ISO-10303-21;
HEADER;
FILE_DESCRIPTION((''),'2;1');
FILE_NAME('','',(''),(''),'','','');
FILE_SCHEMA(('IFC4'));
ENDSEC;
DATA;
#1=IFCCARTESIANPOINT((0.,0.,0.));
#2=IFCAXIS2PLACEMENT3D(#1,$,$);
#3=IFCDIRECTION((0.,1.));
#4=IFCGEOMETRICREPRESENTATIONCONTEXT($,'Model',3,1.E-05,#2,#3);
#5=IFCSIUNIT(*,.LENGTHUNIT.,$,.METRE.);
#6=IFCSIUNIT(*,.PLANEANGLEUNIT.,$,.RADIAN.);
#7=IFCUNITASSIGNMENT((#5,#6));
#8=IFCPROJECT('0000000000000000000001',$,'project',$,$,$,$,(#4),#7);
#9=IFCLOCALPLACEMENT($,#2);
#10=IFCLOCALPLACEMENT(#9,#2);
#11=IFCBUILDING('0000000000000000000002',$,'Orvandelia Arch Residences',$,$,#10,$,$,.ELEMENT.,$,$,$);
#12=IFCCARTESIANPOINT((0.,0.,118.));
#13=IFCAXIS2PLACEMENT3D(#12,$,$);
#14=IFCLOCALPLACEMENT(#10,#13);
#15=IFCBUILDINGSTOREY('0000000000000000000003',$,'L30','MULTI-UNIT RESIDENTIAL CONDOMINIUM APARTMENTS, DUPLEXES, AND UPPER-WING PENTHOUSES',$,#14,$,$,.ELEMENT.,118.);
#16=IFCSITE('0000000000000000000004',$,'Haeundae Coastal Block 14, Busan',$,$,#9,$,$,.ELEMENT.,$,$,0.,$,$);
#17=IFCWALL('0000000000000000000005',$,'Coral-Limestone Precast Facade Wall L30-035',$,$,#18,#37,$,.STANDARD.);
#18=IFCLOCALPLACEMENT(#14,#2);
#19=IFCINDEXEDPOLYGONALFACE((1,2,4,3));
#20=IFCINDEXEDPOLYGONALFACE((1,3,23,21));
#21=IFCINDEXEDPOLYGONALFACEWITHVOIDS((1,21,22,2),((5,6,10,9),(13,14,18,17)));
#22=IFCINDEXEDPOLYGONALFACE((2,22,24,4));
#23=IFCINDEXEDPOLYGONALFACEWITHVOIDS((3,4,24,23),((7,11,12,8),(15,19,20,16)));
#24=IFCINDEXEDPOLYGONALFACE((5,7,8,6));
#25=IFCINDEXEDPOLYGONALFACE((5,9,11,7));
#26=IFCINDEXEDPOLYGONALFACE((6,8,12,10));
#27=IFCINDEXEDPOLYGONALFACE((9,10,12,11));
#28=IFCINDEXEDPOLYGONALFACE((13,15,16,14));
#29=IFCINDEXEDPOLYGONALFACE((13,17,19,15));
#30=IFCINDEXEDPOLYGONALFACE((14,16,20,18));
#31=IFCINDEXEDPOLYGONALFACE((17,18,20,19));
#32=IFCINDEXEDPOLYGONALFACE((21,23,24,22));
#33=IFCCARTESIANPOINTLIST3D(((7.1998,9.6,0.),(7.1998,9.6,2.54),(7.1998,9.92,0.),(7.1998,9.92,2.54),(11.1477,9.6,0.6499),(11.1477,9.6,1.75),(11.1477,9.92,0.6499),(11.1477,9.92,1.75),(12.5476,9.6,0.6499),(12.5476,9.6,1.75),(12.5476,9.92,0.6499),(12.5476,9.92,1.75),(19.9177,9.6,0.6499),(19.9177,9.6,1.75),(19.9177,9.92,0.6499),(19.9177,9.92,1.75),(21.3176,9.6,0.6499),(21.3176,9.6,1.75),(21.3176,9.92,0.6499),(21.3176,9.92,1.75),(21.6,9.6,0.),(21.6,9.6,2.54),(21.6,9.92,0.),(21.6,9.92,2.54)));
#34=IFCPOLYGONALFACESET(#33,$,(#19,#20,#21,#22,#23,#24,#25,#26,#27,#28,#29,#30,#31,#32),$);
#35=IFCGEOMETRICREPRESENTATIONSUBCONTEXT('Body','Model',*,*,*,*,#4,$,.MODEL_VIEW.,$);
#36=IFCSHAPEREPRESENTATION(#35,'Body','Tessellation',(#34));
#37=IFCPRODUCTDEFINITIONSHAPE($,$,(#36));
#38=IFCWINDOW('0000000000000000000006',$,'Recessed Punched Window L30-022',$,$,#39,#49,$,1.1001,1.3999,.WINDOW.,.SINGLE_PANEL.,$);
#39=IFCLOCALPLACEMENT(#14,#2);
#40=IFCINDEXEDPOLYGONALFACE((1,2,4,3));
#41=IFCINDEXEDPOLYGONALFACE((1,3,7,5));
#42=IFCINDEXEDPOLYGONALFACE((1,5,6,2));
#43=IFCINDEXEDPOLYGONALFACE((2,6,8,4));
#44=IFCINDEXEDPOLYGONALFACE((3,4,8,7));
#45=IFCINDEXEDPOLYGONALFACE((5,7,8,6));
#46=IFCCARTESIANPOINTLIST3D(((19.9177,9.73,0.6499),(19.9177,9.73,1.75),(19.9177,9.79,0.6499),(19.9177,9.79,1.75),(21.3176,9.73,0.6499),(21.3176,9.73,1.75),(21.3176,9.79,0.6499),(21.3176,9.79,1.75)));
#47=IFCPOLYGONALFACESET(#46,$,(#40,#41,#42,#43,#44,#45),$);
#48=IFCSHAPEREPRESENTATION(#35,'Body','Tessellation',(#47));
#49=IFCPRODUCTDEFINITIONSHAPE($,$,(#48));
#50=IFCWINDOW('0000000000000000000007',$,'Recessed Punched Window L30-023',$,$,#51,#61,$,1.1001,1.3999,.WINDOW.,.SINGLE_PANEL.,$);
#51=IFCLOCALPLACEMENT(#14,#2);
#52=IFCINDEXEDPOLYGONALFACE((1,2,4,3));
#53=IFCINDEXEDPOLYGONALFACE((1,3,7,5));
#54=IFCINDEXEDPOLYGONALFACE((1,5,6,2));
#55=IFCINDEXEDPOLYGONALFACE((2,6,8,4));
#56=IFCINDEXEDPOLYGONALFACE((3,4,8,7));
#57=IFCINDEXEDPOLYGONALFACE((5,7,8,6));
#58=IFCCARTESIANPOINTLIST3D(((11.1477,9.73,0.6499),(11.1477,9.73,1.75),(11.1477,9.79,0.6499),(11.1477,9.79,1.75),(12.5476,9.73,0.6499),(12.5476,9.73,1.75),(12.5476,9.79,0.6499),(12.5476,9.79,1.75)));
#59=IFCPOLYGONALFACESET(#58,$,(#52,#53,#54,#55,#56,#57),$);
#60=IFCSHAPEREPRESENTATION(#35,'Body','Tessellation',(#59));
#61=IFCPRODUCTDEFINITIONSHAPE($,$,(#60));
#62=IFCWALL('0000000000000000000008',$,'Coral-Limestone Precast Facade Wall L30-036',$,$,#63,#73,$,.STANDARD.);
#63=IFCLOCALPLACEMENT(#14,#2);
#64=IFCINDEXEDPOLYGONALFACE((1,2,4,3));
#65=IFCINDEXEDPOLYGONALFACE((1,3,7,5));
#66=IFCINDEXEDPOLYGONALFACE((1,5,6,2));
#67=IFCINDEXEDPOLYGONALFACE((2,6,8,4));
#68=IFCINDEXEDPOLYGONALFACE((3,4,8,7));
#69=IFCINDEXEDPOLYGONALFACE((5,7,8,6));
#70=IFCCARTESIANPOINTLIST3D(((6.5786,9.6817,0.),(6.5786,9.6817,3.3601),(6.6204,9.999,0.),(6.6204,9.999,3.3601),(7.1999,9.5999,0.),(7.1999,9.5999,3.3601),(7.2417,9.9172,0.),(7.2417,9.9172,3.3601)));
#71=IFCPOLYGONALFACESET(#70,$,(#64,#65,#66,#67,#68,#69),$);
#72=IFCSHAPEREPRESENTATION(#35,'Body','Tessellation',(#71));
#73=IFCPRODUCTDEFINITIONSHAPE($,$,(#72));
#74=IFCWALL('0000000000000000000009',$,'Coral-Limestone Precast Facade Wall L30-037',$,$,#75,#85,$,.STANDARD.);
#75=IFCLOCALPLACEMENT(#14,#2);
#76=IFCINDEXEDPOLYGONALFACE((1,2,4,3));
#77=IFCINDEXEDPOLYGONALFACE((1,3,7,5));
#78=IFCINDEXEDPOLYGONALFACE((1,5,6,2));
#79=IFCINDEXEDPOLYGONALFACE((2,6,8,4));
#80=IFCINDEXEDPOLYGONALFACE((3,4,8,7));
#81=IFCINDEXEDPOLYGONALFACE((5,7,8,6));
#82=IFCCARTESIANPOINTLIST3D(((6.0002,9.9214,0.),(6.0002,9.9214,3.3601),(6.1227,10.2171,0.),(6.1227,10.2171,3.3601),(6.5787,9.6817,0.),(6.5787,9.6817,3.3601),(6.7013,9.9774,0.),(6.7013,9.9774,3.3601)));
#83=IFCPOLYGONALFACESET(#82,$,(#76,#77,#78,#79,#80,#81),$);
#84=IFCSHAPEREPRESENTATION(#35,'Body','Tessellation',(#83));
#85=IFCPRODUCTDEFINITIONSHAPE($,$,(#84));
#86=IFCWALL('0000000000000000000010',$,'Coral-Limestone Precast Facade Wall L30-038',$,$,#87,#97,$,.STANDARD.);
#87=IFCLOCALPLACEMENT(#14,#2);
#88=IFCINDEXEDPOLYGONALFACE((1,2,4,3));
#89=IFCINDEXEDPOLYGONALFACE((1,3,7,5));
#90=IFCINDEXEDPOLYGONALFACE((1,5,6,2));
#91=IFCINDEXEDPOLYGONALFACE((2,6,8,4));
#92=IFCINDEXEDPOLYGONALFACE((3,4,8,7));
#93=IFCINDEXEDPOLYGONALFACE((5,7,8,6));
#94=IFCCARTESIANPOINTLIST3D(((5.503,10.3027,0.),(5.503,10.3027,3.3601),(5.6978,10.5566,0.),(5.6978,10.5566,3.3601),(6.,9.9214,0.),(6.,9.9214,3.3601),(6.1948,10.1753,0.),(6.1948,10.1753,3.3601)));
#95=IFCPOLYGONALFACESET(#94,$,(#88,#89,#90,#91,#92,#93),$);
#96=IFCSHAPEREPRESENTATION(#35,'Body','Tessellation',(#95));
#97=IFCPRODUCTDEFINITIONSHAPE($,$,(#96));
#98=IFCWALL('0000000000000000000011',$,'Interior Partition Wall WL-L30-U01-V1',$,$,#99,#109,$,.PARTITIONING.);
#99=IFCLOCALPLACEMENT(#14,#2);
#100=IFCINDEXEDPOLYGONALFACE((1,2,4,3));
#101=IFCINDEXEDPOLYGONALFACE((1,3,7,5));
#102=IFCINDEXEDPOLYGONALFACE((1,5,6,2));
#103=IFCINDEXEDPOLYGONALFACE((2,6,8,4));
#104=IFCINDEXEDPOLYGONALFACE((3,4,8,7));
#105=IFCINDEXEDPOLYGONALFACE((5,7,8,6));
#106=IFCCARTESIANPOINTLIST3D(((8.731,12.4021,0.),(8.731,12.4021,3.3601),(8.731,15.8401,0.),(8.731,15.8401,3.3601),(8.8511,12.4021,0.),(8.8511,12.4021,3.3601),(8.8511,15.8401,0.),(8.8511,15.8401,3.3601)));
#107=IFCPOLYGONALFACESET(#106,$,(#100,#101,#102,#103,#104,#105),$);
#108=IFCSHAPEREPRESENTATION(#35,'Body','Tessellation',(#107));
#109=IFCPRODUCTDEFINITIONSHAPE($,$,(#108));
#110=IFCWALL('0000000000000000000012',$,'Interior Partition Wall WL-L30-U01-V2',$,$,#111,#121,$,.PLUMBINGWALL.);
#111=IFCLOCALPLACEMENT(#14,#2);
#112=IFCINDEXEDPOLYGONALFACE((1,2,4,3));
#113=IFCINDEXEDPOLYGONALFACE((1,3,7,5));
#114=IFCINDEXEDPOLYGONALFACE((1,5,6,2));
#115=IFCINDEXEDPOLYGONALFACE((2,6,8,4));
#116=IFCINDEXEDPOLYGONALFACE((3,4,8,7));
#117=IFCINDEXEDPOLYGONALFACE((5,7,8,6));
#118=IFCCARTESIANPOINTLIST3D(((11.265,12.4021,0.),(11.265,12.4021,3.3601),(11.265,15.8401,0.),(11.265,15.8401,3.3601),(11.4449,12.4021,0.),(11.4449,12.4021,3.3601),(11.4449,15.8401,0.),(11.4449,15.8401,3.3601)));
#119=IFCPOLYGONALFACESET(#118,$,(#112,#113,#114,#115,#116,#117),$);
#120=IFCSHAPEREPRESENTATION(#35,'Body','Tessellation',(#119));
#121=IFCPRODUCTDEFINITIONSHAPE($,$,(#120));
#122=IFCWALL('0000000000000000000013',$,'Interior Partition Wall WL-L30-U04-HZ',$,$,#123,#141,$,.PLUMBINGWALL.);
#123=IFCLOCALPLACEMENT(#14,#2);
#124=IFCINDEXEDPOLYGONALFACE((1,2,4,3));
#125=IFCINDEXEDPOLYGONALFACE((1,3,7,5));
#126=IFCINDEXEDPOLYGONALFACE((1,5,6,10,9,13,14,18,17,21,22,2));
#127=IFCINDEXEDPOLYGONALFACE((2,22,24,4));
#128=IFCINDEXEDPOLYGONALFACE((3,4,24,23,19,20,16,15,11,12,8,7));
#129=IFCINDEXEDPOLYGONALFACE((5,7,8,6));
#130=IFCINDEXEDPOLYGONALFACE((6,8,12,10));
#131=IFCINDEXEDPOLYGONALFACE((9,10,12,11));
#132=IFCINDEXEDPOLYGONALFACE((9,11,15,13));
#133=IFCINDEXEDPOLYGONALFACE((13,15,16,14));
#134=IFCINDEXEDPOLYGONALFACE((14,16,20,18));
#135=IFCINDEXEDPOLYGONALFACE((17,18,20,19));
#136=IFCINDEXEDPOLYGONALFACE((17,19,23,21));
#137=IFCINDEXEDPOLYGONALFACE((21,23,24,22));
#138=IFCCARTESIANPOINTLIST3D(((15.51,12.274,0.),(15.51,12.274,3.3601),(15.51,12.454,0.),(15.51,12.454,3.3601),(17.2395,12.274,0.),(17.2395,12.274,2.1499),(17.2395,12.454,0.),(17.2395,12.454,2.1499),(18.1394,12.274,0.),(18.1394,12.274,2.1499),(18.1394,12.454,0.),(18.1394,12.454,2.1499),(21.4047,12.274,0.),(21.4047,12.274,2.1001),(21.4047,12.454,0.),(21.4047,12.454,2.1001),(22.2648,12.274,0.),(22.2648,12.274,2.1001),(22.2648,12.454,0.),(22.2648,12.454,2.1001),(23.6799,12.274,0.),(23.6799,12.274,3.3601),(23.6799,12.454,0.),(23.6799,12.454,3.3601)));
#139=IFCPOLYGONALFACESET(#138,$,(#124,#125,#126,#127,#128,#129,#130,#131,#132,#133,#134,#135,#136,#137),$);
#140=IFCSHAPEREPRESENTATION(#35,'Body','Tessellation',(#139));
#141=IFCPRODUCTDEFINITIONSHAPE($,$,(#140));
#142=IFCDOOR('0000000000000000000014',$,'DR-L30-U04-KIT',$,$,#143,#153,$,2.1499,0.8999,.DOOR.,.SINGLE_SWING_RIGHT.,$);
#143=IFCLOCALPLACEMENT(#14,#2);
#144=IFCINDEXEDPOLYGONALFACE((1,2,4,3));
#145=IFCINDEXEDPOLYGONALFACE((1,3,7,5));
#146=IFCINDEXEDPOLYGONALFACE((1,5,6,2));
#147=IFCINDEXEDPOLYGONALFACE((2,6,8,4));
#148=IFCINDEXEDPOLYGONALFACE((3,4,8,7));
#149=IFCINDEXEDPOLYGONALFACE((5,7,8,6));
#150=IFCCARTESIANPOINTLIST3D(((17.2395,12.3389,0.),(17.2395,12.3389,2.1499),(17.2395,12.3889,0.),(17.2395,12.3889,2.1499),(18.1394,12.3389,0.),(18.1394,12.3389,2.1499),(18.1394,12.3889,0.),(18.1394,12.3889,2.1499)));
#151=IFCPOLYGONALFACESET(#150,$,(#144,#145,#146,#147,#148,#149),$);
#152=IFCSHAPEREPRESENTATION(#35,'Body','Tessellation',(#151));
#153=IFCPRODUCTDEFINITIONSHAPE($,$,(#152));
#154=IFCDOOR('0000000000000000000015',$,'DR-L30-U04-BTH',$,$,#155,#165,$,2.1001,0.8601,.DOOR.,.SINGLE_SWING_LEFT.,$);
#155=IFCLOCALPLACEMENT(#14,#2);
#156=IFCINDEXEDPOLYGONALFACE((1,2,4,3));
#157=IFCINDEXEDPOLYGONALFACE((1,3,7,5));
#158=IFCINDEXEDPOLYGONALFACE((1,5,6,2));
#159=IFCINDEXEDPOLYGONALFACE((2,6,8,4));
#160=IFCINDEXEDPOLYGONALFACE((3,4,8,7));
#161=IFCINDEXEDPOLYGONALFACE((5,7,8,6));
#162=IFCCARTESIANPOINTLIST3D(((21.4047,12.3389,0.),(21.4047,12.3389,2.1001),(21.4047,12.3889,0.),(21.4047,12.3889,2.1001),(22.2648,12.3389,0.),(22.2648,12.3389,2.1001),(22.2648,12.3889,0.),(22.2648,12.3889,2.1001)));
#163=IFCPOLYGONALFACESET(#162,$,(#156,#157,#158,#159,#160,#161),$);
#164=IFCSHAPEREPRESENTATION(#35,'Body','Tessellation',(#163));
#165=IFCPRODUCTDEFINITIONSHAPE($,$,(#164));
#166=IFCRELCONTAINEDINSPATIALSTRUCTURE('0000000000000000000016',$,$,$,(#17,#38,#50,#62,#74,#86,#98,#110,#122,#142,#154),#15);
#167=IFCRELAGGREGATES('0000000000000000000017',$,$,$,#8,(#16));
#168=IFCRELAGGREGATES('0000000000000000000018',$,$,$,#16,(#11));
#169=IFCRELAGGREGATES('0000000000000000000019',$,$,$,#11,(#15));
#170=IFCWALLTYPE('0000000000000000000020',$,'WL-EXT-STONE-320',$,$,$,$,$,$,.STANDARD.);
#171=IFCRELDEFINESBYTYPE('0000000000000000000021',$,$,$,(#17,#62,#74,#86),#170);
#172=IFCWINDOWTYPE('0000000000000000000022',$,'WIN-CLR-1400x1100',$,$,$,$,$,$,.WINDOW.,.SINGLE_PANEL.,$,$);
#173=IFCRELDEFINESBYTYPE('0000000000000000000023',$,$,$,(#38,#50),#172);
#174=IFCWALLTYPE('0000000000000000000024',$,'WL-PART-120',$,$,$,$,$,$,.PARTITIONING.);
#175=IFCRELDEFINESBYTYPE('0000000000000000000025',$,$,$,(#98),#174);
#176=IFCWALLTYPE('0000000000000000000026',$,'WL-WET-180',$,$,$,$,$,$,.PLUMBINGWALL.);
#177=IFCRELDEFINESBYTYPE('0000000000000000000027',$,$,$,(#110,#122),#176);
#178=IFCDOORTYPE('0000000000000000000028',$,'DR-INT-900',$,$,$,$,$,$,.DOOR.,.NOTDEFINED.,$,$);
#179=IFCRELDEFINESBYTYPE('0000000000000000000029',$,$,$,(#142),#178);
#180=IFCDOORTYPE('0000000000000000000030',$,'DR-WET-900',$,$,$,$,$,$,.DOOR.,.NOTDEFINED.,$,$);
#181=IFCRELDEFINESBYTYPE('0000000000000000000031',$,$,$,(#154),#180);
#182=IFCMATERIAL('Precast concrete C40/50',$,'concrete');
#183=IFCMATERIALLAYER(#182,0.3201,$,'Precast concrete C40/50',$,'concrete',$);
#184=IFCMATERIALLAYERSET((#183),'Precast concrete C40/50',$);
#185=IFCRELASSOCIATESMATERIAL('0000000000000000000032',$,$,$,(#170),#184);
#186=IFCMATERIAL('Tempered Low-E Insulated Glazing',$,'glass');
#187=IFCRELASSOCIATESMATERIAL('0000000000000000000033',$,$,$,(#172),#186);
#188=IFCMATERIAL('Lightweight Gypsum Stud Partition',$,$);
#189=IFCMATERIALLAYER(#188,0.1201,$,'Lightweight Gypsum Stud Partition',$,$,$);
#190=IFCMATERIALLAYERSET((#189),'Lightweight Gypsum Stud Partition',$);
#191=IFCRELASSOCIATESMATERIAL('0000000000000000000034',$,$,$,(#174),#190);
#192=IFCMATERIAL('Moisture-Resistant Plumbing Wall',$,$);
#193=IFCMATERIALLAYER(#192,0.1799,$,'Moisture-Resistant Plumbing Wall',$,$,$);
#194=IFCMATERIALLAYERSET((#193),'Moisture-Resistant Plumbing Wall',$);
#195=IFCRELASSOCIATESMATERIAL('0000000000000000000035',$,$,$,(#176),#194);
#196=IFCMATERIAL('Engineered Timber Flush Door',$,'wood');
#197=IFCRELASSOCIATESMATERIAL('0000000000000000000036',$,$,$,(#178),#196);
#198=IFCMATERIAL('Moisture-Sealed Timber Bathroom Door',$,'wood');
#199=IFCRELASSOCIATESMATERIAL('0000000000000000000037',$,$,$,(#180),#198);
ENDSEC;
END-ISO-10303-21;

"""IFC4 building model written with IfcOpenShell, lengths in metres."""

from ifc_helpers import new_model, si_unit, direction, frame, frame_2d, origin, place, context, subcontext, project, spatial, rectangle, extrude, material, layer, layer_set, type_object, element, fill, save


model = new_model("IFC4")

# Units and contexts
model_context = context("Model", 3, precision=1e-05, world=origin(), true_north=direction((0.0, 1.0)))
body_context = subcontext(model_context, "Body", "Model", "MODEL_VIEW")
ifc_project = project(units=[si_unit("LENGTHUNIT", "METRE"), si_unit("PLANEANGLEUNIT", "RADIAN")], contexts=[model_context])

# Site, building, storey
site_placement = place(None, origin())
site = spatial("IfcSite", under=ifc_project, at=site_placement, Name="Haeundae Coastal Block 14, Busan", CompositionType="ELEMENT", RefElevation=0.0)
building_placement = place(site_placement, origin())
building = spatial("IfcBuilding", under=site, at=building_placement, Name="Orvandelia Arch Residences", CompositionType="ELEMENT")
storey_placement = place(building_placement, frame((0.0, 0.0, 118.0)))
storey = spatial("IfcBuildingStorey", under=building, at=storey_placement, Name="L30", Description="MULTI-UNIT RESIDENTIAL CONDOMINIUM APARTMENTS, DUPLEXES, AND UPPER-WING PENTHOUSES", CompositionType="ELEMENT", Elevation=118.0)

# Shared definitions
ifc_material_1 = material(Name="Precast concrete C40/50", Category="concrete")
ifc_layer_1 = layer(ifc_material_1, 0.3201, Name="Precast concrete C40/50", Category="concrete")
ifc_layer_set_1 = layer_set([ifc_layer_1], Name="Precast concrete C40/50")
wall_type_1 = type_object("IfcWallType", Name="WL-EXT-STONE-320", PredefinedType="STANDARD", material=ifc_layer_set_1)

# Wall, openings, windows
wall_1_placement = place(storey_placement, frame((21.6001, 9.76, 0.0), z_axis=(0.0, 0.0, 1.0), x_axis=(-1.0, 0.0, 0.0)))
wall_1 = element("IfcWall", 1, at=wall_1_placement, inside=storey, type_object=wall_type_1, Name="Coral-Limestone Precast Facade Wall L30-035", PredefinedType="STANDARD", context=body_context, shape_type="SweptSolid", body=[
    extrude(rectangle(XDim=14.4001, YDim=0.3201, at=frame_2d((7.2002, 0.0))), origin(), (0.0, 0.0, 1.0), 2.54),
])
opening_1_placement = place(wall_1_placement, frame((0.2825, 0.0, 0.6499)))
opening_1 = element("IfcOpeningElement", 2, at=opening_1_placement, cuts=wall_1, PredefinedType="OPENING", context=body_context, shape_type="SweptSolid", body=[
    extrude(rectangle(XDim=1.3999, YDim=1.1001, at=frame_2d((0.7, 0.55))), frame((0.0, 0.1699, 0.0), z_axis=(0.0, -1.0, 0.0), x_axis=(1.0, 0.0, 0.0)), (0.0, 0.0, 1.0), 0.3401),
])
opening_2_placement = place(wall_1_placement, frame((9.0525, 0.0, 0.6499)))
opening_2 = element("IfcOpeningElement", 3, at=opening_2_placement, cuts=wall_1, PredefinedType="OPENING", context=body_context, shape_type="SweptSolid", body=[
    extrude(rectangle(XDim=1.3999, YDim=1.1001, at=frame_2d((0.7, 0.55))), frame((0.0, 0.1699, 0.0), z_axis=(0.0, -1.0, 0.0), x_axis=(1.0, 0.0, 0.0)), (0.0, 0.0, 1.0), 0.3401),
])
ifc_material_2 = material(Name="Tempered Low-E Insulated Glazing", Category="glass")
window_type = type_object("IfcWindowType", Name="WIN-CLR-1400x1100", PartitioningType="SINGLE_PANEL", PredefinedType="WINDOW", material=ifc_material_2)
window_1_placement = place(opening_1_placement, origin())
window_1 = element("IfcWindow", 4, at=window_1_placement, inside=storey, type_object=window_type, Name="Recessed Punched Window L30-022", OverallHeight=1.1001, OverallWidth=1.3999, PartitioningType="SINGLE_PANEL", PredefinedType="WINDOW", context=body_context, shape_type="SweptSolid", body=[
    extrude(rectangle(XDim=1.3999, YDim=1.1001, at=frame_2d((0.7, 0.55))), frame((0.0, 0.03, 0.0), z_axis=(0.0, -1.0, 0.0), x_axis=(1.0, 0.0, 0.0)), (0.0, 0.0, 1.0), 0.0601),
])
fill(opening_1, window_1)
window_2_placement = place(opening_2_placement, origin())
window_2 = element("IfcWindow", 5, at=window_2_placement, inside=storey, type_object=window_type, Name="Recessed Punched Window L30-023", OverallHeight=1.1001, OverallWidth=1.3999, PartitioningType="SINGLE_PANEL", PredefinedType="WINDOW", context=body_context, shape_type="SweptSolid", body=[
    extrude(rectangle(XDim=1.3999, YDim=1.1001, at=frame_2d((0.7, 0.55))), frame((0.0, 0.03, 0.0), z_axis=(0.0, -1.0, 0.0), x_axis=(1.0, 0.0, 0.0)), (0.0, 0.0, 1.0), 0.0601),
])
fill(opening_2, window_2)

# Walls
wall_2_placement = place(storey_placement, frame((7.2209, 9.7585, 0.0), z_axis=(0.0, 0.0, 1.0), x_axis=(-0.991448, 0.130505, 0.0)))
element("IfcWall", 6, at=wall_2_placement, inside=storey, type_object=wall_type_1, Name="Coral-Limestone Precast Facade Wall L30-036", PredefinedType="STANDARD", context=body_context, shape_type="SweptSolid", body=[
    extrude(rectangle(XDim=0.6267, YDim=0.3201, at=frame_2d((0.3135, 0.0))), origin(), (0.0, 0.0, 1.0), 3.3601),
])
wall_3_placement = place(storey_placement, frame((6.6399, 9.8296, 0.0), z_axis=(0.0, 0.0, 1.0), x_axis=(-0.923836, 0.382788, 0.0)))
element("IfcWall", 7, at=wall_3_placement, inside=storey, type_object=wall_type_1, Name="Coral-Limestone Precast Facade Wall L30-037", PredefinedType="STANDARD", context=body_context, shape_type="SweptSolid", body=[
    extrude(rectangle(XDim=0.6262, YDim=0.3201, at=frame_2d((0.313, 0.0))), origin(), (0.0, 0.0, 1.0), 3.3601),
])
wall_4_placement = place(storey_placement, frame((6.0974, 10.0483, 0.0), z_axis=(0.0, 0.0, 1.0), x_axis=(-0.793406, 0.608693, 0.0)))
element("IfcWall", 8, at=wall_4_placement, inside=storey, type_object=wall_type_1, Name="Coral-Limestone Precast Facade Wall L30-038", PredefinedType="STANDARD", context=body_context, shape_type="SweptSolid", body=[
    extrude(rectangle(XDim=0.6265, YDim=0.3201, at=frame_2d((0.3132, 0.0))), origin(), (0.0, 0.0, 1.0), 3.3601),
])
ifc_material_3 = material(Name="Lightweight Gypsum Stud Partition")
ifc_layer_2 = layer(ifc_material_3, 0.1201, Name="Lightweight Gypsum Stud Partition")
ifc_layer_set_2 = layer_set([ifc_layer_2], Name="Lightweight Gypsum Stud Partition")
wall_type_2 = type_object("IfcWallType", Name="WL-PART-120", PredefinedType="PARTITIONING", material=ifc_layer_set_2)
wall_5_placement = place(storey_placement, frame((8.791, 12.4021, 0.0), z_axis=(0.0, 0.0, 1.0), x_axis=(0.0, 1.0, 0.0)))
element("IfcWall", 9, at=wall_5_placement, inside=storey, type_object=wall_type_2, Name="Interior Partition Wall WL-L30-U01-V1", PredefinedType="PARTITIONING", context=body_context, shape_type="SweptSolid", body=[
    extrude(rectangle(XDim=3.438, YDim=0.1201, at=frame_2d((1.719, 0.0))), origin(), (0.0, 0.0, 1.0), 3.3601),
])
ifc_material_4 = material(Name="Moisture-Resistant Plumbing Wall")
ifc_layer_3 = layer(ifc_material_4, 0.1799, Name="Moisture-Resistant Plumbing Wall")
ifc_layer_set_3 = layer_set([ifc_layer_3], Name="Moisture-Resistant Plumbing Wall")
wall_type_3 = type_object("IfcWallType", Name="WL-WET-180", PredefinedType="PLUMBINGWALL", material=ifc_layer_set_3)
wall_6_placement = place(storey_placement, frame((11.355, 12.4021, 0.0), z_axis=(0.0, 0.0, 1.0), x_axis=(0.0, 1.0, 0.0)))
element("IfcWall", 10, at=wall_6_placement, inside=storey, type_object=wall_type_3, Name="Interior Partition Wall WL-L30-U01-V2", PredefinedType="PLUMBINGWALL", context=body_context, shape_type="SweptSolid", body=[
    extrude(rectangle(XDim=3.438, YDim=0.1799, at=frame_2d((1.719, 0.0))), origin(), (0.0, 0.0, 1.0), 3.3601),
])

# Wall, openings, doors
wall_7_placement = place(storey_placement, frame((15.51, 12.364, 0.0), z_axis=(0.0, 0.0, 1.0), x_axis=(1.0, 0.0, 0.0)))
wall_7 = element("IfcWall", 11, at=wall_7_placement, inside=storey, type_object=wall_type_3, Name="Interior Partition Wall WL-L30-U04-HZ", PredefinedType="PLUMBINGWALL", context=body_context, shape_type="SweptSolid", body=[
    extrude(rectangle(XDim=8.1699, YDim=0.1799, at=frame_2d((4.085, 0.0))), origin(), (0.0, 0.0, 1.0), 3.3601),
])
opening_3_placement = place(wall_7_placement, frame((1.7295, 0.0, 0.0)))
opening_3 = element("IfcOpeningElement", 12, at=opening_3_placement, cuts=wall_7, PredefinedType="OPENING", context=body_context, shape_type="SweptSolid", body=[
    extrude(rectangle(XDim=0.8999, YDim=2.1499, at=frame_2d((0.45, 1.075))), frame((0.0, 0.1001, 0.0), z_axis=(0.0, -1.0, 0.0), x_axis=(1.0, 0.0, 0.0)), (0.0, 0.0, 1.0), 0.2),
])
opening_4_placement = place(wall_7_placement, frame((5.8945, 0.0, 0.0)))
opening_4 = element("IfcOpeningElement", 13, at=opening_4_placement, cuts=wall_7, PredefinedType="OPENING", context=body_context, shape_type="SweptSolid", body=[
    extrude(rectangle(XDim=0.8601, YDim=2.1001, at=frame_2d((0.4302, 1.05))), frame((0.0, 0.1001, 0.0), z_axis=(0.0, -1.0, 0.0), x_axis=(1.0, 0.0, 0.0)), (0.0, 0.0, 1.0), 0.2),
])
ifc_material_5 = material(Name="Engineered Timber Flush Door", Category="wood")
door_type_1 = type_object("IfcDoorType", Name="DR-INT-900", OperationType="NOTDEFINED", PredefinedType="DOOR", material=ifc_material_5)
door_1_placement = place(opening_3_placement, origin())
door_1 = element("IfcDoor", 14, at=door_1_placement, inside=storey, type_object=door_type_1, Name="DR-L30-U04-KIT", OperationType="SINGLE_SWING_RIGHT", OverallHeight=2.1499, OverallWidth=0.8999, PredefinedType="DOOR", context=body_context, shape_type="SweptSolid", body=[
    extrude(rectangle(XDim=0.8999, YDim=2.1499, at=frame_2d((0.45, 1.075))), frame((0.0, 0.0249, 0.0), z_axis=(0.0, -1.0, 0.0), x_axis=(1.0, 0.0, 0.0)), (0.0, 0.0, 1.0), 0.05),
])
fill(opening_3, door_1)
ifc_material_6 = material(Name="Moisture-Sealed Timber Bathroom Door", Category="wood")
door_type_2 = type_object("IfcDoorType", Name="DR-WET-900", OperationType="NOTDEFINED", PredefinedType="DOOR", material=ifc_material_6)
door_2_placement = place(opening_4_placement, origin())
door_2 = element("IfcDoor", 15, at=door_2_placement, inside=storey, type_object=door_type_2, Name="DR-L30-U04-BTH", OperationType="SINGLE_SWING_LEFT", OverallHeight=2.1001, OverallWidth=0.8601, PredefinedType="DOOR", context=body_context, shape_type="SweptSolid", body=[
    extrude(rectangle(XDim=0.8601, YDim=2.1001, at=frame_2d((0.4302, 1.05))), frame((0.0, 0.0249, 0.0), z_axis=(0.0, -1.0, 0.0), x_axis=(1.0, 0.0, 0.0)), (0.0, 0.0, 1.0), 0.05),
])
fill(opening_4, door_2)

save(model, "model.ifc")
